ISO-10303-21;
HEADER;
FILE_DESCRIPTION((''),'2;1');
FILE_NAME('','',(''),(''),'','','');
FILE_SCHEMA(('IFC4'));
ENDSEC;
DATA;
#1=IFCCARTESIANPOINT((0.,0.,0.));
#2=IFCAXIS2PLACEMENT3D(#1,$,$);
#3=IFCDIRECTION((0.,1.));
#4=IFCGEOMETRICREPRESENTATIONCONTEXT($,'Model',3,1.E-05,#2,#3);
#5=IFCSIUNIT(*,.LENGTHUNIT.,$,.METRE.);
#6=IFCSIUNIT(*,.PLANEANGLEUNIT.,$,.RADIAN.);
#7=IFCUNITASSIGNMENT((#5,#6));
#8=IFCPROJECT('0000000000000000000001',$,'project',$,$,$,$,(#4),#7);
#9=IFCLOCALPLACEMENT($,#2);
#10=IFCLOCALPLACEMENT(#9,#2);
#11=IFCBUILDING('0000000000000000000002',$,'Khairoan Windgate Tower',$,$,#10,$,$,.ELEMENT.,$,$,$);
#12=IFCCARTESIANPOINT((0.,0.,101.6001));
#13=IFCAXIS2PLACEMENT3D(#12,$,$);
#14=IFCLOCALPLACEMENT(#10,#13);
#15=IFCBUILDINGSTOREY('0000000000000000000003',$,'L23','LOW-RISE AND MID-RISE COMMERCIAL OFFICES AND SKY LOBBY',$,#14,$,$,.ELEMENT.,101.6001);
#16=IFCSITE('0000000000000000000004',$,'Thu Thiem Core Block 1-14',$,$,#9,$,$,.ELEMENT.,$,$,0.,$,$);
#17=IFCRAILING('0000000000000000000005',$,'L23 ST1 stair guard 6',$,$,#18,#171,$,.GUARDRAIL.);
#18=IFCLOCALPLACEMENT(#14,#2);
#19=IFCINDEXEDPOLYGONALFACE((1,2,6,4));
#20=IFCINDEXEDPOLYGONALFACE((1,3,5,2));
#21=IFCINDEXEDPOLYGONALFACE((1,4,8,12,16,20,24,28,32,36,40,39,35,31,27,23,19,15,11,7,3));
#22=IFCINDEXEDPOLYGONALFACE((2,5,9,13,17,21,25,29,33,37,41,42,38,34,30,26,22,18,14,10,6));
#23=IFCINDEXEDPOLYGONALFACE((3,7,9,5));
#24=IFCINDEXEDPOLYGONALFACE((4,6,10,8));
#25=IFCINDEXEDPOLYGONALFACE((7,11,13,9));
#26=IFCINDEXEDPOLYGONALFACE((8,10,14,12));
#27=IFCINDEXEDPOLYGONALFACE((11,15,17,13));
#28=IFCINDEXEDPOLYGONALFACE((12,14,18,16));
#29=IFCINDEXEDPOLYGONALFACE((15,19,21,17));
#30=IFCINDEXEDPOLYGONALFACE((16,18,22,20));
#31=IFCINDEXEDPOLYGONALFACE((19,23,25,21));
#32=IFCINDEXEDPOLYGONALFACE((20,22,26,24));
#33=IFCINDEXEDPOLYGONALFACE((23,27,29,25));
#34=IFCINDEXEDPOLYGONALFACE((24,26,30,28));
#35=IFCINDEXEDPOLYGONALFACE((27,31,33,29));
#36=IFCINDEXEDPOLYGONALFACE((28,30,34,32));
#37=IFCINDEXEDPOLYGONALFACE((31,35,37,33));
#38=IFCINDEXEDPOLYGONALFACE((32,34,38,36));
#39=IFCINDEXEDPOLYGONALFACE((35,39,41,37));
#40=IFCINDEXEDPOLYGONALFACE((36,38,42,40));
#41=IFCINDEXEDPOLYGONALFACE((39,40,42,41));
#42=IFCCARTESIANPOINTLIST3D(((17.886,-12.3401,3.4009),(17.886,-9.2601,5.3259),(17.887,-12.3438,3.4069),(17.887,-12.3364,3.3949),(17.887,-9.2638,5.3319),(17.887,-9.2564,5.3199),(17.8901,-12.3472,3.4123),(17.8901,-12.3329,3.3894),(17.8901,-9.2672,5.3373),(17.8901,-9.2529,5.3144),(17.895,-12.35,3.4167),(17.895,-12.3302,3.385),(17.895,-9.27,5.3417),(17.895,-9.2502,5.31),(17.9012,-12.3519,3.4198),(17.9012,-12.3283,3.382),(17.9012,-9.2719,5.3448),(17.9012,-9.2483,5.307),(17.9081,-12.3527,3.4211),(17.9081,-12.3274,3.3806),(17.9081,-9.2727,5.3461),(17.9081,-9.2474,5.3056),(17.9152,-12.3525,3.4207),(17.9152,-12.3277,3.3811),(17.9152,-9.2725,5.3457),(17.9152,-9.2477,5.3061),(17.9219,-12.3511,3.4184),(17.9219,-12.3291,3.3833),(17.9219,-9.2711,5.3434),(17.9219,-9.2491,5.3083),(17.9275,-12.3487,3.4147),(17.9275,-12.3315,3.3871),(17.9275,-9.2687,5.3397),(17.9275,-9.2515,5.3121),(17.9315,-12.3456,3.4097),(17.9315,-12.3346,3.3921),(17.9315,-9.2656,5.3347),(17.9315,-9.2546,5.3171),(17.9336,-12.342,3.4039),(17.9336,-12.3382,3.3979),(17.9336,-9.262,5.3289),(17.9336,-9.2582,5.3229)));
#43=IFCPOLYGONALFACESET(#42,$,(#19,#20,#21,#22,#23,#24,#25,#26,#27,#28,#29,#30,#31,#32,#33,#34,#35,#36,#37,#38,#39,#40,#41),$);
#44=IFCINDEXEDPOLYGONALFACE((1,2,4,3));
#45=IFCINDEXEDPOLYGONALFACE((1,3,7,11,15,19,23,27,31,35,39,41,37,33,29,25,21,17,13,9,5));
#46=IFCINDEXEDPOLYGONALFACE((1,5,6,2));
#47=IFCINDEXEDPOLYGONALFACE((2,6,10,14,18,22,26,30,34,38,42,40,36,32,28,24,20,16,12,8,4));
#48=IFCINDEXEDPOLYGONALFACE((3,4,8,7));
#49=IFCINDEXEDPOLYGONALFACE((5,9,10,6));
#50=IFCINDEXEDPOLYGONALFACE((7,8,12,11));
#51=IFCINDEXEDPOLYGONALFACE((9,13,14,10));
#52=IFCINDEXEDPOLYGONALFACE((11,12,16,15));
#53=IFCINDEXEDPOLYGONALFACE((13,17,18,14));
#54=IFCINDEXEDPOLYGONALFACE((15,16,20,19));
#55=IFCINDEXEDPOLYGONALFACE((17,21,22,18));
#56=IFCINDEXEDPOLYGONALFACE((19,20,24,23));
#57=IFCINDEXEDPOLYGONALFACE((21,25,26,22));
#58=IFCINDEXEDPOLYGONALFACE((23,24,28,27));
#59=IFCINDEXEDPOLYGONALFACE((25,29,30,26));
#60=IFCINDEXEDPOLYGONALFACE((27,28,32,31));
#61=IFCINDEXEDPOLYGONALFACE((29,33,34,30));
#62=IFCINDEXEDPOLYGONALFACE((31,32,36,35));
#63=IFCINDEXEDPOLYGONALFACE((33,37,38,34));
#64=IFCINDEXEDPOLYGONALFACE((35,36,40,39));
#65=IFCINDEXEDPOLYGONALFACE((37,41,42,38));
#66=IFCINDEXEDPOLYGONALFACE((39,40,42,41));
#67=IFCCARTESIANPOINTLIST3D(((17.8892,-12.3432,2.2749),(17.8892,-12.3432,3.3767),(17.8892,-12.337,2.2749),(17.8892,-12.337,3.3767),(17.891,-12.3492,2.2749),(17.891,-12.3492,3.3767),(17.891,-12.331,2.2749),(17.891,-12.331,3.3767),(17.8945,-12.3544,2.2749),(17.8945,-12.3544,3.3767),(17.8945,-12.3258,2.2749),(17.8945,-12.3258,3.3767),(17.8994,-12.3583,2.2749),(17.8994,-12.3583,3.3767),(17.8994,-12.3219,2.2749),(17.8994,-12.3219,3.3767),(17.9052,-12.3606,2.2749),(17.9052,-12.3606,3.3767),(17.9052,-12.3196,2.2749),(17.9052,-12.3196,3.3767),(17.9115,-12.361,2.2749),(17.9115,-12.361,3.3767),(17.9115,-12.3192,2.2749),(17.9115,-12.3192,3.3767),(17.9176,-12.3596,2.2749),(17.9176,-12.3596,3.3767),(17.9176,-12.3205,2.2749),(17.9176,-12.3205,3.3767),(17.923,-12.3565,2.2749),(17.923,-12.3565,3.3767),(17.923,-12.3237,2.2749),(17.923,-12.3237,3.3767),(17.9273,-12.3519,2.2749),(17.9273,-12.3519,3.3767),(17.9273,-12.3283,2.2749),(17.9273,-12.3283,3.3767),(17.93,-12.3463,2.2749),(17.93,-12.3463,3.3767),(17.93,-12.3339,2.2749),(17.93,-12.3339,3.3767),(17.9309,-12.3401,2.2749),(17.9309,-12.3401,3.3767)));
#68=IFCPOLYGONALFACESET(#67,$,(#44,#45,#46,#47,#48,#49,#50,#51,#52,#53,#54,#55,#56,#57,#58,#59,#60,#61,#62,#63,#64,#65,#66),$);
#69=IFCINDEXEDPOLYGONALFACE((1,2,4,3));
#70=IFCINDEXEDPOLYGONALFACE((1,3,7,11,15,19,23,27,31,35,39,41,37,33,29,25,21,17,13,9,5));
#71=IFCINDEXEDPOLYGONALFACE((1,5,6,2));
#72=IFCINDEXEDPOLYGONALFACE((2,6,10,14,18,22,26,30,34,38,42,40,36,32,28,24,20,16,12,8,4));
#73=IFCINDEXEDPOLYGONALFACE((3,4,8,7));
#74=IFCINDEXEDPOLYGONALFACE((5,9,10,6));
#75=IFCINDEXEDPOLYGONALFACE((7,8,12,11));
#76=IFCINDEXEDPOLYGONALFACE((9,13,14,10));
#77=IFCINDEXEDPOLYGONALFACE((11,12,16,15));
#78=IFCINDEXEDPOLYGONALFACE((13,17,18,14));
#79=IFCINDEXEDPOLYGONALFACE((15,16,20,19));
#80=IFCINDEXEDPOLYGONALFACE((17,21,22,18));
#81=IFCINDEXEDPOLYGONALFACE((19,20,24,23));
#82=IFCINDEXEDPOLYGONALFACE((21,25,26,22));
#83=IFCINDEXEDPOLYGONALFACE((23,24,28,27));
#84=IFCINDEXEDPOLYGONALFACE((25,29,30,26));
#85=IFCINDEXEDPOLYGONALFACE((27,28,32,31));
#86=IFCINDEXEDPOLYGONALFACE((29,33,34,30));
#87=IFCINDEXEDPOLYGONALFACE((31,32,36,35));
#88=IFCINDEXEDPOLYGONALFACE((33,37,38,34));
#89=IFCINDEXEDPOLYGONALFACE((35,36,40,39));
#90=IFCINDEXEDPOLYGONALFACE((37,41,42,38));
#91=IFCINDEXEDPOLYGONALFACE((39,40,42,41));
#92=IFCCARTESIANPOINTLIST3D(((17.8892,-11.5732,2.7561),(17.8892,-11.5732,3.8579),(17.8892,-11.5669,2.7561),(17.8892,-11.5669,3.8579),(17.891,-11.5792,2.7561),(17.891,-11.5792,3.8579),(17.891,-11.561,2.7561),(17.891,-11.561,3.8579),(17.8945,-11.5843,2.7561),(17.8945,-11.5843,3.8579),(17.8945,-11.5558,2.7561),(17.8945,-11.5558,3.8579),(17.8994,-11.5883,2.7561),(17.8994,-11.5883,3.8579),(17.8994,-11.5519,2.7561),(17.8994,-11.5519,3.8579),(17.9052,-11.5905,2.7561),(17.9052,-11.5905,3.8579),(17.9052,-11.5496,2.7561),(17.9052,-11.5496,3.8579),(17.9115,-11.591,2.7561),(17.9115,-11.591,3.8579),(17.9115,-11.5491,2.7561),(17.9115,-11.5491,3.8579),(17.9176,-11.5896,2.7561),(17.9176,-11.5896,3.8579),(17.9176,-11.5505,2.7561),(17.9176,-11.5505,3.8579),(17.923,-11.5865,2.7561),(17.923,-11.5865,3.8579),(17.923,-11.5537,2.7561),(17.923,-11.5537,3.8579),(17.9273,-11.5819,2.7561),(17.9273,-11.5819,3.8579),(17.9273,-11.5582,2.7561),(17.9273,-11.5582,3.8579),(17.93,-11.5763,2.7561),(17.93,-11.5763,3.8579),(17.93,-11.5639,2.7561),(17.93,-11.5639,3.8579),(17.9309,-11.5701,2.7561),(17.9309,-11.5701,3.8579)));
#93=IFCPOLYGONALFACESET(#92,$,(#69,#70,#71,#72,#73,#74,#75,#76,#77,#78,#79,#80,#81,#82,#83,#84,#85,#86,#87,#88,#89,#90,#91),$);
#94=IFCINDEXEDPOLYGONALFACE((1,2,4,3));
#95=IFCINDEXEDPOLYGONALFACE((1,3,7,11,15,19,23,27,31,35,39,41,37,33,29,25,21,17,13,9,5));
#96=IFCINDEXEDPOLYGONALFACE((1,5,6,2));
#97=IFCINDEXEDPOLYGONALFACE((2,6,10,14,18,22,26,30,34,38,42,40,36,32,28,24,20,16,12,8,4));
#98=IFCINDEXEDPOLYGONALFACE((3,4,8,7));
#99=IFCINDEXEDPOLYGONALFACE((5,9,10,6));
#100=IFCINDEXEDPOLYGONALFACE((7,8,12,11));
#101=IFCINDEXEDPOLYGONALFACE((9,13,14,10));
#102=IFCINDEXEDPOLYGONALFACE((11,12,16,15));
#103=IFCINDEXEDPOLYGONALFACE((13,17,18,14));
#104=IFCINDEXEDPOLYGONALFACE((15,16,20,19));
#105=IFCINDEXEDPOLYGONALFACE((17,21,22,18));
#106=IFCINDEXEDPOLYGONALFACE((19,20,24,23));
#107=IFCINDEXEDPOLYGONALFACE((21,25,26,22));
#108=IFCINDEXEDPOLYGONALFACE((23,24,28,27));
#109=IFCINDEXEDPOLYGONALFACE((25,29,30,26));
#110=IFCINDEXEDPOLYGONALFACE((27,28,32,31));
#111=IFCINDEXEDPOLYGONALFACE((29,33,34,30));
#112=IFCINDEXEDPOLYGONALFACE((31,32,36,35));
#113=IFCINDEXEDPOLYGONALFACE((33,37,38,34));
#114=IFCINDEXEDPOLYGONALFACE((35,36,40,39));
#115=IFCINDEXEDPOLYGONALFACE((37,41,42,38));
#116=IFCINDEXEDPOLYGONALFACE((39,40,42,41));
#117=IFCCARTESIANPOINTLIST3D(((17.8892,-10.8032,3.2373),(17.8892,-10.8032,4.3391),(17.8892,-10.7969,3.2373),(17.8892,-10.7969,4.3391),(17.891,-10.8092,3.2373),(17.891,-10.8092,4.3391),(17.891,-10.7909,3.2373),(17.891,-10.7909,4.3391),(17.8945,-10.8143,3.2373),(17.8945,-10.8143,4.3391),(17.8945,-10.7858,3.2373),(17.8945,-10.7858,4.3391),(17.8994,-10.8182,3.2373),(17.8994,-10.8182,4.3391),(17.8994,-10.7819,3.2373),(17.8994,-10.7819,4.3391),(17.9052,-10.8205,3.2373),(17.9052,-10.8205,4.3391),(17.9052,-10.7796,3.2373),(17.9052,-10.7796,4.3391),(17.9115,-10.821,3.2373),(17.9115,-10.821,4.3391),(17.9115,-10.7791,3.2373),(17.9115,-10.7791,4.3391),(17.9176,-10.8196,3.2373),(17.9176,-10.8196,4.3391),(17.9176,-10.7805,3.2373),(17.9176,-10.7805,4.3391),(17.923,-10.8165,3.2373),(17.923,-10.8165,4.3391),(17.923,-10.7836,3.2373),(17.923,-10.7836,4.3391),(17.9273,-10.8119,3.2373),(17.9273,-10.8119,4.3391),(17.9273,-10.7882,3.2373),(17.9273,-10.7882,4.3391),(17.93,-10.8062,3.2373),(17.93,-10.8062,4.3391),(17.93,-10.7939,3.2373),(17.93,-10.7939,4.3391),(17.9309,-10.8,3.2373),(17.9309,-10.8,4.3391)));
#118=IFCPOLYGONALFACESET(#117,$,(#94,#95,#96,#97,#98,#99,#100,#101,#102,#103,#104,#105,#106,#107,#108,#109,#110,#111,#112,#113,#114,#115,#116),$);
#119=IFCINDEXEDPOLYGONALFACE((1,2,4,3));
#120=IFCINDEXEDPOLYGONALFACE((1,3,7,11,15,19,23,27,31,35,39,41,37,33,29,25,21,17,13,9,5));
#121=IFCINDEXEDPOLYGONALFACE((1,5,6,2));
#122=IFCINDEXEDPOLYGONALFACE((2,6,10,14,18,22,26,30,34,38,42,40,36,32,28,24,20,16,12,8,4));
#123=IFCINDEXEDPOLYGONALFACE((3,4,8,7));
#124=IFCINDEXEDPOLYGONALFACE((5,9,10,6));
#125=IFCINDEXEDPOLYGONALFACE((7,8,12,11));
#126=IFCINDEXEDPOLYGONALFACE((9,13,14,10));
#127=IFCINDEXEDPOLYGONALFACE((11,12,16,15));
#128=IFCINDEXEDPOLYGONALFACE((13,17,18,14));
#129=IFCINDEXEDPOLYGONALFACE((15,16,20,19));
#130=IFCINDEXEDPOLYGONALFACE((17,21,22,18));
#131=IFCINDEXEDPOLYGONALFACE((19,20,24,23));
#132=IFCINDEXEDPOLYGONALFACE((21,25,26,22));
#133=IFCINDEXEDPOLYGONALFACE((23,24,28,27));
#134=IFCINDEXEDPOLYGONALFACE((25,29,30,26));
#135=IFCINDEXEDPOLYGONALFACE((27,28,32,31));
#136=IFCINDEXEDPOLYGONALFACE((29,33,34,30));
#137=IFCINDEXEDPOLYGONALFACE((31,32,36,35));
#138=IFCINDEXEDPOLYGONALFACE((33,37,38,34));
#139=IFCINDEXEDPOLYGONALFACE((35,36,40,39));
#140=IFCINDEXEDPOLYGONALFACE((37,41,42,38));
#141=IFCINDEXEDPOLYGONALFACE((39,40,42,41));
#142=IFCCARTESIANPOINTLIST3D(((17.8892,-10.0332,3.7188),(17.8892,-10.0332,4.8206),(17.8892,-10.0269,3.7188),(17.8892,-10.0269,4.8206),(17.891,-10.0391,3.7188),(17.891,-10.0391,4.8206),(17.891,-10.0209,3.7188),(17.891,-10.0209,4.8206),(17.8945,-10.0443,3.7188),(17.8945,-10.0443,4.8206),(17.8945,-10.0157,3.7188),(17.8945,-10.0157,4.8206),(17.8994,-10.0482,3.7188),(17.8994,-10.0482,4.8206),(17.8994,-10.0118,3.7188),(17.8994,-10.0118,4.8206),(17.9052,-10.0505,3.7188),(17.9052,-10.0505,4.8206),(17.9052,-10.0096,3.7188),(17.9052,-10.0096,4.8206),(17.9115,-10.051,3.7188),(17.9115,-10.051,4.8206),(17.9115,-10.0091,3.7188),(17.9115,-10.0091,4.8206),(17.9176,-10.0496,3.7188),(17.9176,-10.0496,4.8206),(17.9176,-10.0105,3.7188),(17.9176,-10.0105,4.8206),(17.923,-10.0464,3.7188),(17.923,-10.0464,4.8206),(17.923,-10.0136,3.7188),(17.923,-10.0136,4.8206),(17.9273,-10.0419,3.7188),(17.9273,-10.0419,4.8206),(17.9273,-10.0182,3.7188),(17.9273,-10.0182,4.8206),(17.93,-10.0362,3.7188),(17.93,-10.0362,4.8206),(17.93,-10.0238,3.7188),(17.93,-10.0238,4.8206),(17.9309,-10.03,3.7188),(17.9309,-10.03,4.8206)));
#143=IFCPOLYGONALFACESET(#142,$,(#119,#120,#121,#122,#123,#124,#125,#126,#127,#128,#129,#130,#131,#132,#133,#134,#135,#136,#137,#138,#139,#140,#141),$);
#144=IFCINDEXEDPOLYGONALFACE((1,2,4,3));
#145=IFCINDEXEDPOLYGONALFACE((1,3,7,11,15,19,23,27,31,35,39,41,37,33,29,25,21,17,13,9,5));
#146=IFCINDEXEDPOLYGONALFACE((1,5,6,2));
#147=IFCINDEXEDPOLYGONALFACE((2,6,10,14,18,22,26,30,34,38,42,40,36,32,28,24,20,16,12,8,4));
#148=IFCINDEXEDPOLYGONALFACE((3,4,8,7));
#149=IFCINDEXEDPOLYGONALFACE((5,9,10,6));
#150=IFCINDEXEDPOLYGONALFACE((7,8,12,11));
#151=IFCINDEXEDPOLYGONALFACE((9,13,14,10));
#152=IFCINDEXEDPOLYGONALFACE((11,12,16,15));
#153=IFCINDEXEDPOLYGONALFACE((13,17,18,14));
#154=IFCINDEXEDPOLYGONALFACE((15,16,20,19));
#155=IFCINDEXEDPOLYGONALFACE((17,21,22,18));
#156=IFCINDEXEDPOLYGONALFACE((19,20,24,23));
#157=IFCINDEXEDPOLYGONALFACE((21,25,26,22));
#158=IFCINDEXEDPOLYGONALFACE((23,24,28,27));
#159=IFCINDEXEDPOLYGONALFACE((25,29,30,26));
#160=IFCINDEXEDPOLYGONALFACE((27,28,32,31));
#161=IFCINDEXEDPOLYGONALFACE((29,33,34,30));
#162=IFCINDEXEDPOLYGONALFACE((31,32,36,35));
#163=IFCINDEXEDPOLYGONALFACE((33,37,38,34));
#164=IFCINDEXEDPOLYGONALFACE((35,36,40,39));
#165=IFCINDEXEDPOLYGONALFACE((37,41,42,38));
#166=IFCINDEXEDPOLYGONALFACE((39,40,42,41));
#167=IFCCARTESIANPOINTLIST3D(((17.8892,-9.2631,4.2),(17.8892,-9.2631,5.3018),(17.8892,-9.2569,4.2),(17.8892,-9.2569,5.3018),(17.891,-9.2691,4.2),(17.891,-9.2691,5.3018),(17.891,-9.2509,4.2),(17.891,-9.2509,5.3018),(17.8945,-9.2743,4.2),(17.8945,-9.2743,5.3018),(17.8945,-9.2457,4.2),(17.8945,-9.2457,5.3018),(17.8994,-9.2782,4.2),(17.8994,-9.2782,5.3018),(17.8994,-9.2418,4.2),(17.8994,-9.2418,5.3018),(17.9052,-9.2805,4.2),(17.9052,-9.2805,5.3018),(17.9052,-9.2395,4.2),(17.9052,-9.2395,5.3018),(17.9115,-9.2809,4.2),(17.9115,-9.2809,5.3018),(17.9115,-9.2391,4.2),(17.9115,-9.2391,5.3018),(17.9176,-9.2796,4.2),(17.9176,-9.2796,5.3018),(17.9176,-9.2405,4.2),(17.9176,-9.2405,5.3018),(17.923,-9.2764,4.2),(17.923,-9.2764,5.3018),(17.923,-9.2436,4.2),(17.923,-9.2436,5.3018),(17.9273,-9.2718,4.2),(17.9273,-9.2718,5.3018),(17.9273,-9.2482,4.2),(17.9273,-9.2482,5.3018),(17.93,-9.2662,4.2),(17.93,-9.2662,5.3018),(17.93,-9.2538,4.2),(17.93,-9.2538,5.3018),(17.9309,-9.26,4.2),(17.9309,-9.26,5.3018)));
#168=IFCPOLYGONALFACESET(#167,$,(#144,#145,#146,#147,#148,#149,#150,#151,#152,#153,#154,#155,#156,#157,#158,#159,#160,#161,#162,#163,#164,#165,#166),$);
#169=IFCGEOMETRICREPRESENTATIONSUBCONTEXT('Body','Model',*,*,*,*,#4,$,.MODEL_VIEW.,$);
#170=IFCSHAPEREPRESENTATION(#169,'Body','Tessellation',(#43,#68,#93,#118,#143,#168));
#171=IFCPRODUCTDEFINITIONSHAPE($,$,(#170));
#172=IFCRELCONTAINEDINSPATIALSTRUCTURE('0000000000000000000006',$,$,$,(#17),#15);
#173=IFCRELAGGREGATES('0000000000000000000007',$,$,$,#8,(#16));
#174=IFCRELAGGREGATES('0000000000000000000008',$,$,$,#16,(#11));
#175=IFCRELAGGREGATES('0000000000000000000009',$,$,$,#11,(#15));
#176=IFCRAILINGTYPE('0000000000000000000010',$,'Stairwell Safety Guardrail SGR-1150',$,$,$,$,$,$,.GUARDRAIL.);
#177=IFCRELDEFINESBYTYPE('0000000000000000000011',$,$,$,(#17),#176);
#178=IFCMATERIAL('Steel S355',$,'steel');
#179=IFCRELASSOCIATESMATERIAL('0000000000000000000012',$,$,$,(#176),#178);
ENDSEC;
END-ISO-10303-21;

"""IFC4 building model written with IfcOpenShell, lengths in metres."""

from ifc_helpers import new_model, si_unit, direction, frame, origin, origin_2d, place, context, subcontext, project, spatial, circle, extrude, material, type_object, element, save


model = new_model("IFC4")

# Units and contexts
model_context = context("Model", 3, precision=1e-05, world=origin(), true_north=direction((0.0, 1.0)))
body_context = subcontext(model_context, "Body", "Model", "MODEL_VIEW")
ifc_project = project(units=[si_unit("LENGTHUNIT", "METRE"), si_unit("PLANEANGLEUNIT", "RADIAN")], contexts=[model_context])

# Site, building, storey
site_placement = place(None, origin())
site = spatial("IfcSite", under=ifc_project, at=site_placement, Name="Thu Thiem Core Block 1-14", CompositionType="ELEMENT", RefElevation=0.0)
building_placement = place(site_placement, origin())
building = spatial("IfcBuilding", under=site, at=building_placement, Name="Khairoan Windgate Tower", CompositionType="ELEMENT")
storey_placement = place(building_placement, frame((0.0, 0.0, 101.6001)))
storey = spatial("IfcBuildingStorey", under=building, at=storey_placement, Name="L23", Description="LOW-RISE AND MID-RISE COMMERCIAL OFFICES AND SKY LOBBY", CompositionType="ELEMENT", Elevation=101.6001)

# Railing
ifc_material_1 = material(Name="Steel S355", Category="steel")
railing_type = type_object("IfcRailingType", Name="Stairwell Safety Guardrail SGR-1150", PredefinedType="GUARDRAIL", material=ifc_material_1)
railing_1_placement = place(storey_placement, frame((17.9099, -12.3401, 2.2749)))
element("IfcRailing", 1, at=railing_1_placement, inside=storey, type_object=railing_type, Name="L23 ST1 stair guard 6", PredefinedType="GUARDRAIL", context=body_context, shape_type="SweptSolid", body=[
    extrude(circle(Radius=0.0239, at=origin_2d()), frame((0.0, 0.0, 1.126), z_axis=(0.0, 0.847998, 0.529999), x_axis=(-1.0, 0.0, 0.0)), (0.0, 0.0, 1.0), 3.6321),
    extrude(circle(Radius=0.021, at=origin_2d()), origin(), (0.0, 0.0, 1.0), 1.1018),
    extrude(circle(Radius=0.021, at=origin_2d()), frame((0.0, 0.77, 0.4812)), (0.0, 0.0, 1.0), 1.1018),
    extrude(circle(Radius=0.021, at=origin_2d()), frame((0.0, 1.54, 0.9624)), (0.0, 0.0, 1.0), 1.1018),
    extrude(circle(Radius=0.021, at=origin_2d()), frame((0.0, 2.3101, 1.4438)), (0.0, 0.0, 1.0), 1.1018),
    extrude(circle(Radius=0.021, at=origin_2d()), frame((0.0, 3.0801, 1.925)), (0.0, 0.0, 1.0), 1.1018),
])

save(model, "model.ifc")
